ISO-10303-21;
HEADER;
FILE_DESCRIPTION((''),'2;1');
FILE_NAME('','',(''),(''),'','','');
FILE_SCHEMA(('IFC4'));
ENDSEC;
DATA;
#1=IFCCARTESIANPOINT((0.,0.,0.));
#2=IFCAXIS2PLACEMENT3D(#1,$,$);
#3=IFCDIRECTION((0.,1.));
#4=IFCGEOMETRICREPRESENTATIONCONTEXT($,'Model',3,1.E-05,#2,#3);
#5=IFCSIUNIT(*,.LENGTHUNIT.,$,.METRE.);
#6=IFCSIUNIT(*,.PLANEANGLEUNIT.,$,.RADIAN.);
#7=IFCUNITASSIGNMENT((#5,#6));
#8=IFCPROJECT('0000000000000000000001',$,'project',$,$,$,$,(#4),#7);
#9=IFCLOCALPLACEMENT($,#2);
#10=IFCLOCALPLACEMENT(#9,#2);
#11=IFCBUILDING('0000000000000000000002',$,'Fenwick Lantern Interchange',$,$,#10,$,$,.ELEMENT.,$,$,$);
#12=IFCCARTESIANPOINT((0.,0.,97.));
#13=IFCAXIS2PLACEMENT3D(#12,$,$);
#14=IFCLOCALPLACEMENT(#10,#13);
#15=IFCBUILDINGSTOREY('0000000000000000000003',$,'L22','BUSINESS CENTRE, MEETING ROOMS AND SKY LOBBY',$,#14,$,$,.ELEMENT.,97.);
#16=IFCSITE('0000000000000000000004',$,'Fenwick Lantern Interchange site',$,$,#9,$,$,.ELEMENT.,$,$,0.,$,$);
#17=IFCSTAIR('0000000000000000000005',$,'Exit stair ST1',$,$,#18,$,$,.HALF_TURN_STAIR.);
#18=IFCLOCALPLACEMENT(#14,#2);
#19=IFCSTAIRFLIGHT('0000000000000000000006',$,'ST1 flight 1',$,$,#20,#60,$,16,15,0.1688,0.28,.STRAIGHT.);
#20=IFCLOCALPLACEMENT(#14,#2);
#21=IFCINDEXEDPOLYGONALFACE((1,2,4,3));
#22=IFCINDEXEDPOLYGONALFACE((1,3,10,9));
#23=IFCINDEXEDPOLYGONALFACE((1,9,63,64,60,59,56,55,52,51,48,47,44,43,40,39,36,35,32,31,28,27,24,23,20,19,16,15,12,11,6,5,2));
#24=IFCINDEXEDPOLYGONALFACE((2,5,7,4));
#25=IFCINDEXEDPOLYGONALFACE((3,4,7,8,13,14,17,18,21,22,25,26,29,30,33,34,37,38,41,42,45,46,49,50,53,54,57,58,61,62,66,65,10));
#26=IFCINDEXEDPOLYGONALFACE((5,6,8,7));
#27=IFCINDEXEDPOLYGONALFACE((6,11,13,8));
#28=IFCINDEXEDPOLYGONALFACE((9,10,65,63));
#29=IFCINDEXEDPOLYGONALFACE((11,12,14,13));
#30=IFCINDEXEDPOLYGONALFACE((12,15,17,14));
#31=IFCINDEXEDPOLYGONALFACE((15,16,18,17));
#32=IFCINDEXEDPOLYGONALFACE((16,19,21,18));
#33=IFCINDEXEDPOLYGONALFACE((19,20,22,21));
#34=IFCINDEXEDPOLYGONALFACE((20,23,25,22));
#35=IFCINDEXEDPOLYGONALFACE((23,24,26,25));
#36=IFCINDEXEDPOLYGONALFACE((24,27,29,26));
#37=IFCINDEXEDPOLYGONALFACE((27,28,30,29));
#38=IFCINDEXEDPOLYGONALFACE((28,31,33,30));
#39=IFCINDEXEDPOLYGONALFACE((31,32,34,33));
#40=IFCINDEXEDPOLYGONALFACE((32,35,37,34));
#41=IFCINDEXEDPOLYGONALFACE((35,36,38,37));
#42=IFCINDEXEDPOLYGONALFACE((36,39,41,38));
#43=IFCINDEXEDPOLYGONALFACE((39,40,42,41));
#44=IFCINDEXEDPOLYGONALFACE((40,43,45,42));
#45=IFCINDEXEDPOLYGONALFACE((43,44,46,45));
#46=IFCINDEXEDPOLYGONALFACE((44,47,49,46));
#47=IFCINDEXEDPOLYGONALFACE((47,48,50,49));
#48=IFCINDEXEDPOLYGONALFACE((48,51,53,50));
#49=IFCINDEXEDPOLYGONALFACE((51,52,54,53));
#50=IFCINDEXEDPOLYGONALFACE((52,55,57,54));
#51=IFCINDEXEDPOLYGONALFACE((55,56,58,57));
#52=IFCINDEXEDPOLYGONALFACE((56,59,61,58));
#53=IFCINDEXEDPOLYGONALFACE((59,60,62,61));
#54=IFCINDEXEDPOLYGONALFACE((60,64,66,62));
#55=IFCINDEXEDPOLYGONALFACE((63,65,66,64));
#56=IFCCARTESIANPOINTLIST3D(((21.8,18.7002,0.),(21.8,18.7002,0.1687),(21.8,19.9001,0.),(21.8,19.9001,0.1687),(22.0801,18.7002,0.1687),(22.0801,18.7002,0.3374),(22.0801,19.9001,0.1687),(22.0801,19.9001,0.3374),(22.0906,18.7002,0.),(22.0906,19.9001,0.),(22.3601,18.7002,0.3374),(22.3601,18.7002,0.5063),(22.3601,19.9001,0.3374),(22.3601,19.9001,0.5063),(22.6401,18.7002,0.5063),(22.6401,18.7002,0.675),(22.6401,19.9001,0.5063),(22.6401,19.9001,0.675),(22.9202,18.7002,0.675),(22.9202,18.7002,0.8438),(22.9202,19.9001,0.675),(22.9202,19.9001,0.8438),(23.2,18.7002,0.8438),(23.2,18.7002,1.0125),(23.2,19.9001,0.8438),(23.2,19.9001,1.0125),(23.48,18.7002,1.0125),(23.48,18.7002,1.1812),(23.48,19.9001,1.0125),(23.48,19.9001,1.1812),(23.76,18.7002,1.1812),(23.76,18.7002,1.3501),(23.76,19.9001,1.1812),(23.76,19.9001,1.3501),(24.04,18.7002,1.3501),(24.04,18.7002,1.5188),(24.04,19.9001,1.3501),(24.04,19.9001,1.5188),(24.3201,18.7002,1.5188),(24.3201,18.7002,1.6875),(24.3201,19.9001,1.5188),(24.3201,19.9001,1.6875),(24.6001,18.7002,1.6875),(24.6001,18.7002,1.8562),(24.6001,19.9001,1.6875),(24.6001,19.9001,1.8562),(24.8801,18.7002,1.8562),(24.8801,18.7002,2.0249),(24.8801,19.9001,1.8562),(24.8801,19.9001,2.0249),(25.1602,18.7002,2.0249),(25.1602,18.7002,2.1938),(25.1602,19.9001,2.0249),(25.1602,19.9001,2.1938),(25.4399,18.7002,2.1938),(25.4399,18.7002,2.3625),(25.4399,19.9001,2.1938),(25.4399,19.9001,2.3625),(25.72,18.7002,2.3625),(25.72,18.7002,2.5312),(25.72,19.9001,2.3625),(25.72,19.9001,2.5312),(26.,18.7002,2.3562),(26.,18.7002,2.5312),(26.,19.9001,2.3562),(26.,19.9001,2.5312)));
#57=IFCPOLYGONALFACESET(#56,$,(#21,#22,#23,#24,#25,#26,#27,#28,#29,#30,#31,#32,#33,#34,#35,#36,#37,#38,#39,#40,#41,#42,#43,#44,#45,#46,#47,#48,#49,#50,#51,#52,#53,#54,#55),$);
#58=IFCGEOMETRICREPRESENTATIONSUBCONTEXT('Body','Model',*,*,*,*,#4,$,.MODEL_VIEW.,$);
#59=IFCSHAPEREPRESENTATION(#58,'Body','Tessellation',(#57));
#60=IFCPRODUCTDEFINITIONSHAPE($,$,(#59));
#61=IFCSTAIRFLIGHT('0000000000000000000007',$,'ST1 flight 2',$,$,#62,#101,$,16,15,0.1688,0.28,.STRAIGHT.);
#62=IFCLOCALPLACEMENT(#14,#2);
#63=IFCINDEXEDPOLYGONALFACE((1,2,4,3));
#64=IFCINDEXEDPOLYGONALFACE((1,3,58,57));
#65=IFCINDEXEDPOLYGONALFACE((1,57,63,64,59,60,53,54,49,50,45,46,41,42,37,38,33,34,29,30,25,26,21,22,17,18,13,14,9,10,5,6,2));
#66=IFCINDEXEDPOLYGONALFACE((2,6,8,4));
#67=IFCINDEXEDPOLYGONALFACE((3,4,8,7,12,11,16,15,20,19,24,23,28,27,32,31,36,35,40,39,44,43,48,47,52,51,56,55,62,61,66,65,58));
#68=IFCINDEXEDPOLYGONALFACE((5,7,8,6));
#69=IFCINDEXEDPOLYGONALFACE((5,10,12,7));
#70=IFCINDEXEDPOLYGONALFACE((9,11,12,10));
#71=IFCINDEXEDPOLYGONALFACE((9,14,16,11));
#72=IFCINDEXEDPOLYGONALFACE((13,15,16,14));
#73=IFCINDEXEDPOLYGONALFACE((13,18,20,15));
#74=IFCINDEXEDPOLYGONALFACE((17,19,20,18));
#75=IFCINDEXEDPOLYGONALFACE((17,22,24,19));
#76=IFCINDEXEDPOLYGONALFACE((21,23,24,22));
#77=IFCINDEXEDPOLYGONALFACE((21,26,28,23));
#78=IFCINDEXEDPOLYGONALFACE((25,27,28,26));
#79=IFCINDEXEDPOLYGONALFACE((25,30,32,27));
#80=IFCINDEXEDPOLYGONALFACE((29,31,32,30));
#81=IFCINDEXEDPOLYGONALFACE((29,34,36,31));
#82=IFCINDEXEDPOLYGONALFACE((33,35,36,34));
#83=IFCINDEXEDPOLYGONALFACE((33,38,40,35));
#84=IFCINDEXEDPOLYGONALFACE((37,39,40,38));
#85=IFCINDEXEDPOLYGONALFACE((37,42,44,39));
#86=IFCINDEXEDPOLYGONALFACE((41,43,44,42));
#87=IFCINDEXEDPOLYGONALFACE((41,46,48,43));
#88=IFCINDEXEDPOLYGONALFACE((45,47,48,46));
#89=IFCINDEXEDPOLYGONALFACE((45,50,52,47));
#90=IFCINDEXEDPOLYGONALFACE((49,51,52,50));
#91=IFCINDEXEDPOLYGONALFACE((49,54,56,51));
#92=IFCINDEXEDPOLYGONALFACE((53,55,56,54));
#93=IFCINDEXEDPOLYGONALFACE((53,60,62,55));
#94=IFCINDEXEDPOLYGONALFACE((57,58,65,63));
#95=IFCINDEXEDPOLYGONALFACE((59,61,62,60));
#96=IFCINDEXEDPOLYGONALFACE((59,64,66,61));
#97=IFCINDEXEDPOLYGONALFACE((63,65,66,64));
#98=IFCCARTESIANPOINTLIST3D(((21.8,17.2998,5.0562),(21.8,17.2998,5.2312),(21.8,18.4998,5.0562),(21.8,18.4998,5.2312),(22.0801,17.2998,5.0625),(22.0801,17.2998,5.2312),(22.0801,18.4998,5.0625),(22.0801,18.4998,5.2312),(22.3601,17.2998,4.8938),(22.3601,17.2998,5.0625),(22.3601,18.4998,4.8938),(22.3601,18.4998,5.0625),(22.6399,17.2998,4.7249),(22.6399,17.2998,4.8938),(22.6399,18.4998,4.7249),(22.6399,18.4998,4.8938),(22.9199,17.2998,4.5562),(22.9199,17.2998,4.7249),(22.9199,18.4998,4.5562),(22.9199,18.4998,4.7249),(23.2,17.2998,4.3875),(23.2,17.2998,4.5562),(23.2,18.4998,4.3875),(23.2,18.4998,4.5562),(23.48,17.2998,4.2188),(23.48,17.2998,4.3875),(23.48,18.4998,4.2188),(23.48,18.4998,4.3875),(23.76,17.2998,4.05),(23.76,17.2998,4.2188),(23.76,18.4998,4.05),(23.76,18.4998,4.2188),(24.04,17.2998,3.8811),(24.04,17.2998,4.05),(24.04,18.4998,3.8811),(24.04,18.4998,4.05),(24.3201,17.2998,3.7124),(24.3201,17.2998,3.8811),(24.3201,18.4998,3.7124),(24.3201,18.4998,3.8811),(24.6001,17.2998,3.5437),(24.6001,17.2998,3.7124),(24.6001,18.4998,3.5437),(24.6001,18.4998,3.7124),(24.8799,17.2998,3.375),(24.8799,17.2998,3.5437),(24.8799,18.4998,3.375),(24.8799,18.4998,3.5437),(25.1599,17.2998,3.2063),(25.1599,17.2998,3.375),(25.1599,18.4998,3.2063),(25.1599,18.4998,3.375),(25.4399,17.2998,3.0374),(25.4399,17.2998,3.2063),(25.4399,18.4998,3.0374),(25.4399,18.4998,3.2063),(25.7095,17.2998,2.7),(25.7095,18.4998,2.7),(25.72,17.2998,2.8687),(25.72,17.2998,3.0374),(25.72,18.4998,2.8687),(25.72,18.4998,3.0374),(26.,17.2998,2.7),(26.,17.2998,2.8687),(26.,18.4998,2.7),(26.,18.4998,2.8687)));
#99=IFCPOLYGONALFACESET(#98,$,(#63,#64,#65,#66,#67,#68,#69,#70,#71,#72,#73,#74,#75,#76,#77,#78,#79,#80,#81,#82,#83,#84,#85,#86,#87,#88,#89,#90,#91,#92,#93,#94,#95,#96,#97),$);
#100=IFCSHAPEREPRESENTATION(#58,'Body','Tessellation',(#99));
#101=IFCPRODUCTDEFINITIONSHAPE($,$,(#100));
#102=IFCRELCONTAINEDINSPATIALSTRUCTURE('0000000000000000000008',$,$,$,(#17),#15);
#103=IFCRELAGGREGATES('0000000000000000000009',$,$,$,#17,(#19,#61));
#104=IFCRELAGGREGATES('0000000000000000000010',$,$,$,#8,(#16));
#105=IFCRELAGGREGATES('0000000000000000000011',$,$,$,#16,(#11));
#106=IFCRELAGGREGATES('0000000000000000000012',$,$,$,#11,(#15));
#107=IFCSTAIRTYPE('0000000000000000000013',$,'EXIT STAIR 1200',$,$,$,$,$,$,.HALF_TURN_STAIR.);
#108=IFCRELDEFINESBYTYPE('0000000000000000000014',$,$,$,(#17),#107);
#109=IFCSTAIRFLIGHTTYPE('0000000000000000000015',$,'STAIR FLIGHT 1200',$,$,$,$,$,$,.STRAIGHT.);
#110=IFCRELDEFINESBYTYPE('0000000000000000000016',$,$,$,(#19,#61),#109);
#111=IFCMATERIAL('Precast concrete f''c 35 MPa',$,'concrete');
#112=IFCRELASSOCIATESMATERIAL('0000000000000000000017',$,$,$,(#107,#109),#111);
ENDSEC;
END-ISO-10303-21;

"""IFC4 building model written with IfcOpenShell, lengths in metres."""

from ifc_helpers import new_model, si_unit, direction, frame, origin, place, context, subcontext, project, spatial, polyline, outline, extrude, material, type_object, element, aggregate, save


model = new_model("IFC4")

# Units and contexts
model_context = context("Model", 3, precision=1e-05, world=origin(), true_north=direction((0.0, 1.0)))
body_context = subcontext(model_context, "Body", "Model", "MODEL_VIEW")
ifc_project = project(units=[si_unit("LENGTHUNIT", "METRE"), si_unit("PLANEANGLEUNIT", "RADIAN")], contexts=[model_context])

# Site, building, storey
site_placement = place(None, origin())
site = spatial("IfcSite", under=ifc_project, at=site_placement, Name="Fenwick Lantern Interchange site", CompositionType="ELEMENT", RefElevation=0.0)
building_placement = place(site_placement, origin())
building = spatial("IfcBuilding", under=site, at=building_placement, Name="Fenwick Lantern Interchange", CompositionType="ELEMENT")
storey_placement = place(building_placement, frame((0.0, 0.0, 97.0)))
storey = spatial("IfcBuildingStorey", under=building, at=storey_placement, Name="L22", Description="BUSINESS CENTRE, MEETING ROOMS AND SKY LOBBY", CompositionType="ELEMENT", Elevation=97.0)

# Stair, stair flights
ifc_material_1 = material(Name="Precast concrete f'c 35 MPa", Category="concrete")
stair_type = type_object("IfcStairType", Name="EXIT STAIR 1200", PredefinedType="HALF_TURN_STAIR", material=ifc_material_1)
stair_placement = place(storey_placement, origin())
stair = element("IfcStair", 1, at=stair_placement, inside=storey, type_object=stair_type, Name="Exit stair ST1", PredefinedType="HALF_TURN_STAIR")
stair_flight_type = type_object("IfcStairFlightType", Name="STAIR FLIGHT 1200", PredefinedType="STRAIGHT", material=ifc_material_1)
stair_flight_1_placement = place(storey_placement, frame((21.8, 19.3, 0.0), z_axis=(0.0, 0.0, 1.0), x_axis=(1.0, 0.0, 0.0)))
stair_flight_1 = element("IfcStairFlight", 2, at=stair_flight_1_placement, type_object=stair_flight_type, Name="ST1 flight 1", NumberOfRisers=16, NumberOfTreads=15, PredefinedType="STRAIGHT", RiserHeight=0.1688, TreadLength=0.28, context=body_context, shape_type="SweptSolid", body=[
    extrude(outline(polyline([(0.0, 0.0), (0.0, 0.1687), (0.28, 0.1687), (0.28, 0.3374), (0.5601, 0.3374), (0.5601, 0.5063), (0.8401, 0.5063), (0.8401, 0.675), (1.1201, 0.675), (1.1201, 0.8438), (1.3999, 0.8438), (1.3999, 1.0125), (1.6799, 1.0125), (1.6799, 1.1812), (1.96, 1.1812), (1.96, 1.3501), (2.24, 1.3501), (2.24, 1.5188), (2.52, 1.5188), (2.52, 1.6875), (2.8, 1.6875), (2.8, 1.8562), (3.0801, 1.8562), (3.0801, 2.0249), (3.3601, 2.0249), (3.3601, 2.1938), (3.6399, 2.1938), (3.6399, 2.3625), (3.9199, 2.3625), (3.9199, 2.5312), (4.2, 2.5312), (4.2, 2.7), (4.2, 2.3562), (0.2905, 0.0), (0.0, 0.0)])), frame((0.0, 0.6001, 0.0), z_axis=(0.0, -1.0, 0.0), x_axis=(1.0, 0.0, 0.0)), (0.0, 0.0, 1.0), 1.2),
])
stair_flight_2_placement = place(storey_placement, frame((26.0, 17.8999, 2.7), z_axis=(0.0, 0.0, 1.0), x_axis=(-1.0, 0.0, 0.0)))
stair_flight_2 = element("IfcStairFlight", 3, at=stair_flight_2_placement, type_object=stair_flight_type, Name="ST1 flight 2", NumberOfRisers=16, NumberOfTreads=15, PredefinedType="STRAIGHT", RiserHeight=0.1688, TreadLength=0.28, context=body_context, shape_type="SweptSolid", body=[
    extrude(outline(polyline([(0.0, 0.0), (0.0, 0.1687), (0.28, 0.1687), (0.28, 0.3374), (0.5601, 0.3374), (0.5601, 0.5063), (0.8401, 0.5063), (0.8401, 0.675), (1.1201, 0.675), (1.1201, 0.8438), (1.3999, 0.8438), (1.3999, 1.0125), (1.6799, 1.0125), (1.6799, 1.1812), (1.96, 1.1812), (1.96, 1.3501), (2.24, 1.3501), (2.24, 1.5188), (2.52, 1.5188), (2.52, 1.6875), (2.8, 1.6875), (2.8, 1.8562), (3.0801, 1.8562), (3.0801, 2.0249), (3.3601, 2.0249), (3.3601, 2.1938), (3.6399, 2.1938), (3.6399, 2.3625), (3.9199, 2.3625), (3.9199, 2.5312), (4.2, 2.5312), (4.2, 2.7), (4.2, 2.3562), (0.2905, 0.0), (0.0, 0.0)])), frame((0.0, 0.6001, 0.0), z_axis=(0.0, -1.0, 0.0), x_axis=(1.0, 0.0, 0.0)), (0.0, 0.0, 1.0), 1.2),
])
aggregate(stair, [stair_flight_1, stair_flight_2])

save(model, "model.ifc")
